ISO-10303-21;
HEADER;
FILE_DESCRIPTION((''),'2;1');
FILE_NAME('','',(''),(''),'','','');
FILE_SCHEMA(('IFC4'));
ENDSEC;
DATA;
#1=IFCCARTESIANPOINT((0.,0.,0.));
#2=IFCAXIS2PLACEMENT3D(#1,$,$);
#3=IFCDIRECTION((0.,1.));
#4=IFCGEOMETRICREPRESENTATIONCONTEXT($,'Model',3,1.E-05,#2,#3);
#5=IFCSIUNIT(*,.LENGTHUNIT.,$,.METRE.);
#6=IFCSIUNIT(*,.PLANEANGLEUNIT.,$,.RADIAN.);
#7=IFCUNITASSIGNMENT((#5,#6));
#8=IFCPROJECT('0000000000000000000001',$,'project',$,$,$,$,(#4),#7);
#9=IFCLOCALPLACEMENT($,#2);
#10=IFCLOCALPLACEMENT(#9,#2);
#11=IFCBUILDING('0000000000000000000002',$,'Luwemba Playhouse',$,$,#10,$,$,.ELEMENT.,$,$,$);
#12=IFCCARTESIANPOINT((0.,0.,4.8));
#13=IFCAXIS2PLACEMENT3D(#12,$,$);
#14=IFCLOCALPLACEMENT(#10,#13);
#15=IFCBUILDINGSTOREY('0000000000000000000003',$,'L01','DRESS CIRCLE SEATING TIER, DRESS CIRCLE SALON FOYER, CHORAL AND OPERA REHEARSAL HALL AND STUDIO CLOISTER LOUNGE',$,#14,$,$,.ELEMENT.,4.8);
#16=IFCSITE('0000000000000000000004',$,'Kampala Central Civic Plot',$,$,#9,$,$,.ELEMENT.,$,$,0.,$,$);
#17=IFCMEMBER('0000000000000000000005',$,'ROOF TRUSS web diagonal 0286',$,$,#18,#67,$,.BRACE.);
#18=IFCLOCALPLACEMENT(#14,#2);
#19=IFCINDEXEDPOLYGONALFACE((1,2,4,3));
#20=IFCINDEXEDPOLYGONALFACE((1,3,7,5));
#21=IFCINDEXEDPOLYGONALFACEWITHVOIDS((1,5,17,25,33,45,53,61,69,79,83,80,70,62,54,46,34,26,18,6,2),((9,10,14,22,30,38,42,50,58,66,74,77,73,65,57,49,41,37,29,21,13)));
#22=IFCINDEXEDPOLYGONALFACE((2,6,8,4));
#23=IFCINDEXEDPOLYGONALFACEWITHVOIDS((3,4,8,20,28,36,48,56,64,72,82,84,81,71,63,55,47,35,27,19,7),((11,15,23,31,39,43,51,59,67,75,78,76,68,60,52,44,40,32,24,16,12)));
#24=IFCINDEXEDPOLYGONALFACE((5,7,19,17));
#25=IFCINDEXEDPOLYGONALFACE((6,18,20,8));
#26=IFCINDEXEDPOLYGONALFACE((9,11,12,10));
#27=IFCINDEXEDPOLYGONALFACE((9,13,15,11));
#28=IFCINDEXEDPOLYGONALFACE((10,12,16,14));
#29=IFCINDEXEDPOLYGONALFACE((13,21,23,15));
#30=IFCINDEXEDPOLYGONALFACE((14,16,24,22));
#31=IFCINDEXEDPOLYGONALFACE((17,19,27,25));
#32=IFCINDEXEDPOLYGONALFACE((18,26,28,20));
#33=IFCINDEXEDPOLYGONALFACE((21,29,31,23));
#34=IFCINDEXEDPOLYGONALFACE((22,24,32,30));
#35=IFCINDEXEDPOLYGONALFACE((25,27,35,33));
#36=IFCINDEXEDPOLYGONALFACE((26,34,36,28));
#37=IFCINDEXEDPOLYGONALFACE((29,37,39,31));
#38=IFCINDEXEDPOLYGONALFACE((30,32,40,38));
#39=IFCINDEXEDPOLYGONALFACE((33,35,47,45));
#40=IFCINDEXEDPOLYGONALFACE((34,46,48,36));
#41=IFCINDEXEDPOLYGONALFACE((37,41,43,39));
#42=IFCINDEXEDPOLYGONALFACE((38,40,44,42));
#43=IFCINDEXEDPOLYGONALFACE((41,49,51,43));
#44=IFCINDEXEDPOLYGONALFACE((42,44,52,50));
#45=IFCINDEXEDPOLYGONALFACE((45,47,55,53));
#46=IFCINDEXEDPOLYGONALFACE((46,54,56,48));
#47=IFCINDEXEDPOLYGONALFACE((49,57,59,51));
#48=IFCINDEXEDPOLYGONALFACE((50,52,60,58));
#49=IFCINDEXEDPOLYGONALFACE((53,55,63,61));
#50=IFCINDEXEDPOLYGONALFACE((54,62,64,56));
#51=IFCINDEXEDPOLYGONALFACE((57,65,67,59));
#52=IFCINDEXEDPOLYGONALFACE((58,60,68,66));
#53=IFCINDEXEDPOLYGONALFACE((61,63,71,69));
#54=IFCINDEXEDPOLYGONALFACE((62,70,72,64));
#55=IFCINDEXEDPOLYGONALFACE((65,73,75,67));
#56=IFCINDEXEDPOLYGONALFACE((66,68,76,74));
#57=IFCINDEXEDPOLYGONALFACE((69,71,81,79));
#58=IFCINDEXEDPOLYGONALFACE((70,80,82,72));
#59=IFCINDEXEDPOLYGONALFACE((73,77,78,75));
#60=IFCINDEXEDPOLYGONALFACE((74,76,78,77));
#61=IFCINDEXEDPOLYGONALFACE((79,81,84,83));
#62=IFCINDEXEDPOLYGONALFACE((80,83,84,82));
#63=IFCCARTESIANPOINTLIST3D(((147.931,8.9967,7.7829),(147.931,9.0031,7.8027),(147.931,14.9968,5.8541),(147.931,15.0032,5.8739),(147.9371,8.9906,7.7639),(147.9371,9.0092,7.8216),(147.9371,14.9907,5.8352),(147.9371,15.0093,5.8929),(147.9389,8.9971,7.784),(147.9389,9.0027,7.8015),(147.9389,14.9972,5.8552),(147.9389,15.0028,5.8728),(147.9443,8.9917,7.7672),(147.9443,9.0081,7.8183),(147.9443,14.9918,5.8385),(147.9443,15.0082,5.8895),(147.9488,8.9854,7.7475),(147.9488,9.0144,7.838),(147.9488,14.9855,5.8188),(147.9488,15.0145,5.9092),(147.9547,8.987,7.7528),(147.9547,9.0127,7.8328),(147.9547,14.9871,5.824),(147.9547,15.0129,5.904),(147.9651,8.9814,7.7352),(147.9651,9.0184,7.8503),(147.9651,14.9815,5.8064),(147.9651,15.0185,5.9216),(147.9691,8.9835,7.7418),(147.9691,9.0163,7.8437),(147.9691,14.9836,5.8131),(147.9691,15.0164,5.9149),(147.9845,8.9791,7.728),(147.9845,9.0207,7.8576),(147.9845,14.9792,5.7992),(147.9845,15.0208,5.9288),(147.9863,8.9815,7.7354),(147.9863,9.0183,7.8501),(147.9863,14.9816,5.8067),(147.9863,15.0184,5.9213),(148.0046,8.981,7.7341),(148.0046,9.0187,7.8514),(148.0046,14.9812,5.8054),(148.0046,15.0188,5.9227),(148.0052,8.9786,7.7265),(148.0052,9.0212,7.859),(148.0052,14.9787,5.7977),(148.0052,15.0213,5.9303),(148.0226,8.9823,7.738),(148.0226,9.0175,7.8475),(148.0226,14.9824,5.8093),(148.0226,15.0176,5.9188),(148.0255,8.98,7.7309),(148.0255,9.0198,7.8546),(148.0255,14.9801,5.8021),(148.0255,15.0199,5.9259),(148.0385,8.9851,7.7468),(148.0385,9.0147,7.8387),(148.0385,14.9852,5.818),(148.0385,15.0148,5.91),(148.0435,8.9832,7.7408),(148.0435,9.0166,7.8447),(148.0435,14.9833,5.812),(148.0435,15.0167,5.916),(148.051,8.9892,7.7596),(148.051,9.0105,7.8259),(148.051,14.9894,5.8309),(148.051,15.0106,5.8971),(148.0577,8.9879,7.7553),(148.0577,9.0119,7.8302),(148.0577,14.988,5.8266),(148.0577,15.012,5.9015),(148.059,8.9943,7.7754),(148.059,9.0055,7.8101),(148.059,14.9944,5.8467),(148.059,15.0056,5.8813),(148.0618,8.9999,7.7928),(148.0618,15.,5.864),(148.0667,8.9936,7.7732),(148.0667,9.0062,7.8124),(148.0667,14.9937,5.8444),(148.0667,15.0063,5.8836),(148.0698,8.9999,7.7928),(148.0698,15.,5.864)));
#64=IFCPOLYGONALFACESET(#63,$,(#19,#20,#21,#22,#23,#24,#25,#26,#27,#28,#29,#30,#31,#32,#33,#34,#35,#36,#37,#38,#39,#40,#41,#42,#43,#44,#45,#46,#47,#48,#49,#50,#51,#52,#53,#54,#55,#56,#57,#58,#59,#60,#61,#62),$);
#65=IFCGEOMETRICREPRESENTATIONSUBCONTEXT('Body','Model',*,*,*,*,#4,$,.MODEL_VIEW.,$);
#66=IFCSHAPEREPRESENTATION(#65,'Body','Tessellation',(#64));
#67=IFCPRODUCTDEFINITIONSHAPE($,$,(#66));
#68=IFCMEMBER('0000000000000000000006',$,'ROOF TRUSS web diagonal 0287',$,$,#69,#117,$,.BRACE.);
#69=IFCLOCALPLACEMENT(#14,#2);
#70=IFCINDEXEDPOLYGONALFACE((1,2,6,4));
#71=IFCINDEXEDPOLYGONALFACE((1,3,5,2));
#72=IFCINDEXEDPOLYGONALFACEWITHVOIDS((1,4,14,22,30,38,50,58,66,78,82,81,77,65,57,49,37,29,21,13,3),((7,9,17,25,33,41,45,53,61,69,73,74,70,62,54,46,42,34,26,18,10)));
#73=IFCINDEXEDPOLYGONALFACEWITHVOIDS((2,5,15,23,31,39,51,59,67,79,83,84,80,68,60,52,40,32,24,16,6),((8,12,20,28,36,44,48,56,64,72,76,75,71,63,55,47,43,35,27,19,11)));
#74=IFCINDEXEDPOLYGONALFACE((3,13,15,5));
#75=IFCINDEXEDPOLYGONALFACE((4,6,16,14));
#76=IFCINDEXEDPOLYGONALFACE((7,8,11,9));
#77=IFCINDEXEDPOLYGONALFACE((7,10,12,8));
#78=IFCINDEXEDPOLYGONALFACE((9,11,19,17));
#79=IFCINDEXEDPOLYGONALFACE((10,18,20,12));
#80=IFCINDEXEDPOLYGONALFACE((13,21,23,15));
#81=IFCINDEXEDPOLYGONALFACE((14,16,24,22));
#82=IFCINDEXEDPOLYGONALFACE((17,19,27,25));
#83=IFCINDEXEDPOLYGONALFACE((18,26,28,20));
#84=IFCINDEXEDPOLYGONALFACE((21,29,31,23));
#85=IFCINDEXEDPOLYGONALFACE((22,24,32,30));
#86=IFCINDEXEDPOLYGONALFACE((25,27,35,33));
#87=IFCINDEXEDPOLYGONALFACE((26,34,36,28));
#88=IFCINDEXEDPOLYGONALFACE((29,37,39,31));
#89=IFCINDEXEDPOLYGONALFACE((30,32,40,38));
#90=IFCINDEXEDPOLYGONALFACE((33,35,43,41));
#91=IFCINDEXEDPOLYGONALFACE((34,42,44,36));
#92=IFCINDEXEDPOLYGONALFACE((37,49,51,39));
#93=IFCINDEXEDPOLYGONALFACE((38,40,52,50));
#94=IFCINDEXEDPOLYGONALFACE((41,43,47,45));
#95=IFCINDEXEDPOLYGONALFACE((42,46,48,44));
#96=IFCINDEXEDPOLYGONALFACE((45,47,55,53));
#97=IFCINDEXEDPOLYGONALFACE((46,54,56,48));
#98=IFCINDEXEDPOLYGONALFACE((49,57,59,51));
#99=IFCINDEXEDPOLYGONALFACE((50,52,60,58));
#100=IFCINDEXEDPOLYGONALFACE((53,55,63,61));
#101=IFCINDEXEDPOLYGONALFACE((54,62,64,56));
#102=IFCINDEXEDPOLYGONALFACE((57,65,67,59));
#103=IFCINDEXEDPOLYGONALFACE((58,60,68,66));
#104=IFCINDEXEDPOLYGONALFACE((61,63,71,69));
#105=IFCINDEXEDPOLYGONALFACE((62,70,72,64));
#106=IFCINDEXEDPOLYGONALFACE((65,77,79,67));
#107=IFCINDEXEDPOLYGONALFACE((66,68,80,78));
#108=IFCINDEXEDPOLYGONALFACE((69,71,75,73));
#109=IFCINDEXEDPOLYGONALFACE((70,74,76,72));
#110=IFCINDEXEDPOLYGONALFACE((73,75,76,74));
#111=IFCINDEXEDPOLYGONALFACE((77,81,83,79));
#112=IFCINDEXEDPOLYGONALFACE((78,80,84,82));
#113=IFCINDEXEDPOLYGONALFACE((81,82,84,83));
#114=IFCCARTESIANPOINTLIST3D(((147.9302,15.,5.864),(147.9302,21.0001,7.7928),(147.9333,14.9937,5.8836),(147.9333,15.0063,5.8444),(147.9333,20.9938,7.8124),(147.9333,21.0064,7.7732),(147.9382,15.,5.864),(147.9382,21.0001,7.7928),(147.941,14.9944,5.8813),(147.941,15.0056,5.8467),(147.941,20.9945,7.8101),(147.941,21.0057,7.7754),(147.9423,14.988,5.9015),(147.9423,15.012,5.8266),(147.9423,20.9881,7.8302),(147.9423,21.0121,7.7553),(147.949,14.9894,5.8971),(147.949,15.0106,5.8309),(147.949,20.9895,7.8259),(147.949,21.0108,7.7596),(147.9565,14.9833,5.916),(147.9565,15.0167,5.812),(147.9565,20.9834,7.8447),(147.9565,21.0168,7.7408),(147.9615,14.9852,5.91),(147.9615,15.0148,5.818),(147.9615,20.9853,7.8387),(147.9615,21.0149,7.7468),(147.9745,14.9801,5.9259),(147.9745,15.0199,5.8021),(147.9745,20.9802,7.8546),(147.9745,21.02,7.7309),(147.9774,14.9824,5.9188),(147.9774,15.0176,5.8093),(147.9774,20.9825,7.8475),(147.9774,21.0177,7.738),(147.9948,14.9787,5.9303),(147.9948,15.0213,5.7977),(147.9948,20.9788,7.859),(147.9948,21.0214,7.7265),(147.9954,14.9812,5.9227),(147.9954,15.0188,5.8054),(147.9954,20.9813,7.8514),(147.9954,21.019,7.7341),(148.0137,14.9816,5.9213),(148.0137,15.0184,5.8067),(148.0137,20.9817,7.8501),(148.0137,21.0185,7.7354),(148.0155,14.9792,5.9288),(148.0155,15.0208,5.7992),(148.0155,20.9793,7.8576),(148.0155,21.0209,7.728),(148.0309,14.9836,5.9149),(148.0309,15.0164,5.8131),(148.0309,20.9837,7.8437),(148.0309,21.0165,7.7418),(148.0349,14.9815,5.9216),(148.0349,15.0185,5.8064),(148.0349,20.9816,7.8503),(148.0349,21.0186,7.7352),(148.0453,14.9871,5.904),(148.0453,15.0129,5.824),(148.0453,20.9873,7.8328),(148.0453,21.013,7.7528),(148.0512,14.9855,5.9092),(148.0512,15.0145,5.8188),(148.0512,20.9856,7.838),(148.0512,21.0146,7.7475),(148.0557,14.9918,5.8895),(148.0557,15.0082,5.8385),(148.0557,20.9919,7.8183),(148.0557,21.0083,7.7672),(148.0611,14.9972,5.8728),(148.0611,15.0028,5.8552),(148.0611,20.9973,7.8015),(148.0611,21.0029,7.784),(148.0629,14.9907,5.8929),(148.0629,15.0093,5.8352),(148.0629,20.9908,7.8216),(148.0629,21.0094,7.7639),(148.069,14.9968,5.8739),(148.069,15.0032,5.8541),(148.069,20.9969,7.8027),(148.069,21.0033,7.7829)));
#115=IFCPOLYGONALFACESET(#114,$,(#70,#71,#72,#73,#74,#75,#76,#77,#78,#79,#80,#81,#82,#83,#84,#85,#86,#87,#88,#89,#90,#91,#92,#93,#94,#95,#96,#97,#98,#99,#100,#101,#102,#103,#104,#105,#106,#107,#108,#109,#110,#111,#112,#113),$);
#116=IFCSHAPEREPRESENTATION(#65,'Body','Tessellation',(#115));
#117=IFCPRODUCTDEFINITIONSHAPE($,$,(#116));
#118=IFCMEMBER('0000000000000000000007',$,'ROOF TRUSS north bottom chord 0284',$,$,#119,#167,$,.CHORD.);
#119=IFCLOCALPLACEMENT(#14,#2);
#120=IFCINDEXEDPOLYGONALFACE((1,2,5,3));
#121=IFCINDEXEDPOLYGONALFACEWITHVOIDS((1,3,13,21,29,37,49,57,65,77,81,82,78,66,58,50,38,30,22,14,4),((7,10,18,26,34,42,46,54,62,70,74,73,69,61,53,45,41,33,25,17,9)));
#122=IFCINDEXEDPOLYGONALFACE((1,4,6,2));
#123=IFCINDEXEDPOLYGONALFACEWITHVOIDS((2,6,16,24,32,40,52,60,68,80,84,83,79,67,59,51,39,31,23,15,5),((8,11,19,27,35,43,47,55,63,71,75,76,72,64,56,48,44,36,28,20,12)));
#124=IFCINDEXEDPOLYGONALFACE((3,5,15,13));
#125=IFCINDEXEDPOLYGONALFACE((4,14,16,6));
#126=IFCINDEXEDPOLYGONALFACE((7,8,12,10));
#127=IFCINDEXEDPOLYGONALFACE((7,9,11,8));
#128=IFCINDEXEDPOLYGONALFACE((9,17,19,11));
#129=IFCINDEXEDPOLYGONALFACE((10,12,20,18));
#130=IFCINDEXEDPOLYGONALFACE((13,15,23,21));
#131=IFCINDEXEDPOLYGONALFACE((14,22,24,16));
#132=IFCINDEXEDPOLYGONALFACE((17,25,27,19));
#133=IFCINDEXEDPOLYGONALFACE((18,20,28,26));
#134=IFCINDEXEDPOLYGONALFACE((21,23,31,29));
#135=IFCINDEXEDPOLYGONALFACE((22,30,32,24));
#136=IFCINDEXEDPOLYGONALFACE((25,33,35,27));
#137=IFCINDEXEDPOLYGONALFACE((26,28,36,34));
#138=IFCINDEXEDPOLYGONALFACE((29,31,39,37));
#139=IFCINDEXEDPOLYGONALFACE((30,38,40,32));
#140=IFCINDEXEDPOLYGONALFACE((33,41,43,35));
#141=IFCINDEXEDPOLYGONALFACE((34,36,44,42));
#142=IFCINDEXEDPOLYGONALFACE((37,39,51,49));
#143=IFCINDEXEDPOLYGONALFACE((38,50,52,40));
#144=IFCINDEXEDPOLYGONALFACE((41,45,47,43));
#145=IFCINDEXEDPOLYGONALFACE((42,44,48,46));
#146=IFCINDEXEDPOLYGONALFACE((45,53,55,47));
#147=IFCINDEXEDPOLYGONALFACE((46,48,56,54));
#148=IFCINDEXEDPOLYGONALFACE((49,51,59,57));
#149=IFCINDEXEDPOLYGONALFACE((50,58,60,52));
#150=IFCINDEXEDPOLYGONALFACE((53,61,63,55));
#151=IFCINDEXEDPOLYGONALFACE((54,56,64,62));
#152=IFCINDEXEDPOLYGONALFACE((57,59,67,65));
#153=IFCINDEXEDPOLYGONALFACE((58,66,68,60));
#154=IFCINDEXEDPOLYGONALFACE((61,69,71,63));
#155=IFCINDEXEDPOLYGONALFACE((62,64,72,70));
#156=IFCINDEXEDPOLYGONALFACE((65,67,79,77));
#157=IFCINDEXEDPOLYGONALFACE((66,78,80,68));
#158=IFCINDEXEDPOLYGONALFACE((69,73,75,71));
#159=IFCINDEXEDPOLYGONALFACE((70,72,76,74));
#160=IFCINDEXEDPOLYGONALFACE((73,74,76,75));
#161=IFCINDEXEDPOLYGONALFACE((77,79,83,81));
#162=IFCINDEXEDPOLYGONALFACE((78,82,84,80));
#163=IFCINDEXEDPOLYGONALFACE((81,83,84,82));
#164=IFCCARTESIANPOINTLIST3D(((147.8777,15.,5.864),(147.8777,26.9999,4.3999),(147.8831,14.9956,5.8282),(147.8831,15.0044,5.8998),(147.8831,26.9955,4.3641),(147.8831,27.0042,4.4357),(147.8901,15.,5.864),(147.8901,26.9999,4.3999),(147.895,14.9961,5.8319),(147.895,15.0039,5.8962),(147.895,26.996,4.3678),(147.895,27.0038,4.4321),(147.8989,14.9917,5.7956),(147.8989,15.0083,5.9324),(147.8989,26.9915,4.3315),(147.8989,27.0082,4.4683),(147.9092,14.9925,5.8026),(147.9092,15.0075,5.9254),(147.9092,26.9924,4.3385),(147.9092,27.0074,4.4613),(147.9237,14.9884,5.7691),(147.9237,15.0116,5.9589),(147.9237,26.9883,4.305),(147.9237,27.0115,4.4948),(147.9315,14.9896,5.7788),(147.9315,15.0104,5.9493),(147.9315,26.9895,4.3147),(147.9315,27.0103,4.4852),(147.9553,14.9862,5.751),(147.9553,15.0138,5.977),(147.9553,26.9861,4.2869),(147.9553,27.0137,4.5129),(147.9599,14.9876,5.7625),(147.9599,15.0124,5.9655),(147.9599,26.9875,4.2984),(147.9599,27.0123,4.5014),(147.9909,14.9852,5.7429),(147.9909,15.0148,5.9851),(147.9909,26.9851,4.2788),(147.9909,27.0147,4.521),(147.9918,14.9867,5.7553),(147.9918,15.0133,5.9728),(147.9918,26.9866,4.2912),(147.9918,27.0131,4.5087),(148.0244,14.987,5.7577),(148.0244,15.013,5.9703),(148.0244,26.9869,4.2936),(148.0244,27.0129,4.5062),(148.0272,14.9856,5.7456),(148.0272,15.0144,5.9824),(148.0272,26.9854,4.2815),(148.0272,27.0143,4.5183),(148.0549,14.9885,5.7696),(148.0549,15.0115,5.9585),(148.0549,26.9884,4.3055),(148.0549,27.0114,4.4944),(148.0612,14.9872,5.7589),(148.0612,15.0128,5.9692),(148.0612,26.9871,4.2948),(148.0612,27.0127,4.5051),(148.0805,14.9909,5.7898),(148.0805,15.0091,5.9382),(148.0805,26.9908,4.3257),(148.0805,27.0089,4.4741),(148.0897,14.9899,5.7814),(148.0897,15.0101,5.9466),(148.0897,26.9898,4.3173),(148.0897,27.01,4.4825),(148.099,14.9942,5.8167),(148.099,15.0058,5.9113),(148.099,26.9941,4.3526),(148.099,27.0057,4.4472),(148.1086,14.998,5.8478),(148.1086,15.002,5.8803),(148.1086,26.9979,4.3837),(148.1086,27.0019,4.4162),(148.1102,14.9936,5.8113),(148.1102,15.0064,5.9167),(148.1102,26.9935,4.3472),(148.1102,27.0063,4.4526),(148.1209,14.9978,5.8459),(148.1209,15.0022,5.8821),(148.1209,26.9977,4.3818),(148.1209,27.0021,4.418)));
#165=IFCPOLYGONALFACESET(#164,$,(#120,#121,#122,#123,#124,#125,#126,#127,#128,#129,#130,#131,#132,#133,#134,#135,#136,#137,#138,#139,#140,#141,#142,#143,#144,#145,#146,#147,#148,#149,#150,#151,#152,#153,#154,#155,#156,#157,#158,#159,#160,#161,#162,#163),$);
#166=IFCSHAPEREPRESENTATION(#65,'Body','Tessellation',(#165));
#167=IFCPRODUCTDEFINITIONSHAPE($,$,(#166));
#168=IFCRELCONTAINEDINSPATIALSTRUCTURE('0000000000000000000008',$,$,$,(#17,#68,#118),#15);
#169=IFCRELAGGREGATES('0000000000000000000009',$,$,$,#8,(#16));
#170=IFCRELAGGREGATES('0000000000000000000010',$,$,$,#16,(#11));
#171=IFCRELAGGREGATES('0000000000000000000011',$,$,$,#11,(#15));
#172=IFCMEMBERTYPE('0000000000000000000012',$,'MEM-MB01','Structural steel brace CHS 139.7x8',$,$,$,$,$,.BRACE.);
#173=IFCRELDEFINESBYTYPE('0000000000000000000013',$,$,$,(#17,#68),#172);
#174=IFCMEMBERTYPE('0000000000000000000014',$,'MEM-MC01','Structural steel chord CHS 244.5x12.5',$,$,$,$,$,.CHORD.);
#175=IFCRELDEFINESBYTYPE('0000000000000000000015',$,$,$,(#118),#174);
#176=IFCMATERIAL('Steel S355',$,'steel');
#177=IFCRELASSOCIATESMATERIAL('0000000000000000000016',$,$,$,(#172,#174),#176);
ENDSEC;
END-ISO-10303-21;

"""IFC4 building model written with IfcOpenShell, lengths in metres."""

from ifc_helpers import new_model, si_unit, direction, frame, origin, origin_2d, place, context, subcontext, project, spatial, hollow_circle, extrude, material, material_profile, profile_set, type_object, element, save


model = new_model("IFC4")

# Units and contexts
model_context = context("Model", 3, precision=1e-05, world=origin(), true_north=direction((0.0, 1.0)))
body_context = subcontext(model_context, "Body", "Model", "MODEL_VIEW")
ifc_project = project(units=[si_unit("LENGTHUNIT", "METRE"), si_unit("PLANEANGLEUNIT", "RADIAN")], contexts=[model_context])

# Site, building, storey
site_placement = place(None, origin())
site = spatial("IfcSite", under=ifc_project, at=site_placement, Name="Kampala Central Civic Plot", CompositionType="ELEMENT", RefElevation=0.0)
building_placement = place(site_placement, origin())
building = spatial("IfcBuilding", under=site, at=building_placement, Name="Luwemba Playhouse", CompositionType="ELEMENT")
storey_placement = place(building_placement, frame((0.0, 0.0, 4.8)))
storey = spatial("IfcBuildingStorey", under=building, at=storey_placement, Name="L01", Description="DRESS CIRCLE SEATING TIER, DRESS CIRCLE SALON FOYER, CHORAL AND OPERA REHEARSAL HALL AND STUDIO CLOISTER LOUNGE", CompositionType="ELEMENT", Elevation=4.8)

# Shared definitions
ifc_material_1 = material(Name="Steel S355", Category="steel")

# Members
ifc_material_profile_1 = material_profile(ifc_material_1, hollow_circle(Radius=0.0698, WallThickness=0.0081, at=origin_2d()))
ifc_profile_set_1 = profile_set([ifc_material_profile_1], Name="Steel S355")
member_type_1 = type_object("IfcMemberType", Name="MEM-MB01", Description="Structural steel brace CHS 139.7x8", PredefinedType="BRACE", material=ifc_profile_set_1)
for number, where, z_axis, x_axis, name in (
    (1, (148.0, 15.0, 5.864), (0.0, -0.952022, 0.306029), (1.0, 0.0, 0.0), "ROOF TRUSS web diagonal 0286"),
    (2, (148.0, 15.0, 5.864), (0.0, 0.952022, 0.306029), (-1.0, 0.0, 0.0), "ROOF TRUSS web diagonal 0287"),
):
    element("IfcMember", number, at=place(storey_placement, frame(where, z_axis=z_axis, x_axis=x_axis)), inside=storey, type_object=member_type_1, Name=name, PredefinedType="BRACE", context=body_context, shape_type="SweptSolid", body=[
        extrude(hollow_circle(Radius=0.0698, WallThickness=0.0081, at=origin_2d()), origin(), (0.0, 0.0, 1.0), 6.3025),
    ])
ifc_material_profile_2 = material_profile(ifc_material_1, hollow_circle(Radius=0.1223, WallThickness=0.0125, at=origin_2d()))
ifc_profile_set_2 = profile_set([ifc_material_profile_2], Name="Steel S355")
member_type_2 = type_object("IfcMemberType", Name="MEM-MC01", Description="Structural steel chord CHS 244.5x12.5", PredefinedType="CHORD", material=ifc_profile_set_2)
member_1_placement = place(storey_placement, frame((148.0, 15.0, 5.864), z_axis=(0.0, 0.992639, -0.121111), x_axis=(-1.0, 0.0, 0.0)))
element("IfcMember", 3, at=member_1_placement, inside=storey, type_object=member_type_2, Name="ROOF TRUSS north bottom chord 0284", PredefinedType="CHORD", context=body_context, shape_type="SweptSolid", body=[
    extrude(hollow_circle(Radius=0.1223, WallThickness=0.0125, at=origin_2d()), origin(), (0.0, 0.0, 1.0), 12.0889),
])

save(model, "model.ifc")
